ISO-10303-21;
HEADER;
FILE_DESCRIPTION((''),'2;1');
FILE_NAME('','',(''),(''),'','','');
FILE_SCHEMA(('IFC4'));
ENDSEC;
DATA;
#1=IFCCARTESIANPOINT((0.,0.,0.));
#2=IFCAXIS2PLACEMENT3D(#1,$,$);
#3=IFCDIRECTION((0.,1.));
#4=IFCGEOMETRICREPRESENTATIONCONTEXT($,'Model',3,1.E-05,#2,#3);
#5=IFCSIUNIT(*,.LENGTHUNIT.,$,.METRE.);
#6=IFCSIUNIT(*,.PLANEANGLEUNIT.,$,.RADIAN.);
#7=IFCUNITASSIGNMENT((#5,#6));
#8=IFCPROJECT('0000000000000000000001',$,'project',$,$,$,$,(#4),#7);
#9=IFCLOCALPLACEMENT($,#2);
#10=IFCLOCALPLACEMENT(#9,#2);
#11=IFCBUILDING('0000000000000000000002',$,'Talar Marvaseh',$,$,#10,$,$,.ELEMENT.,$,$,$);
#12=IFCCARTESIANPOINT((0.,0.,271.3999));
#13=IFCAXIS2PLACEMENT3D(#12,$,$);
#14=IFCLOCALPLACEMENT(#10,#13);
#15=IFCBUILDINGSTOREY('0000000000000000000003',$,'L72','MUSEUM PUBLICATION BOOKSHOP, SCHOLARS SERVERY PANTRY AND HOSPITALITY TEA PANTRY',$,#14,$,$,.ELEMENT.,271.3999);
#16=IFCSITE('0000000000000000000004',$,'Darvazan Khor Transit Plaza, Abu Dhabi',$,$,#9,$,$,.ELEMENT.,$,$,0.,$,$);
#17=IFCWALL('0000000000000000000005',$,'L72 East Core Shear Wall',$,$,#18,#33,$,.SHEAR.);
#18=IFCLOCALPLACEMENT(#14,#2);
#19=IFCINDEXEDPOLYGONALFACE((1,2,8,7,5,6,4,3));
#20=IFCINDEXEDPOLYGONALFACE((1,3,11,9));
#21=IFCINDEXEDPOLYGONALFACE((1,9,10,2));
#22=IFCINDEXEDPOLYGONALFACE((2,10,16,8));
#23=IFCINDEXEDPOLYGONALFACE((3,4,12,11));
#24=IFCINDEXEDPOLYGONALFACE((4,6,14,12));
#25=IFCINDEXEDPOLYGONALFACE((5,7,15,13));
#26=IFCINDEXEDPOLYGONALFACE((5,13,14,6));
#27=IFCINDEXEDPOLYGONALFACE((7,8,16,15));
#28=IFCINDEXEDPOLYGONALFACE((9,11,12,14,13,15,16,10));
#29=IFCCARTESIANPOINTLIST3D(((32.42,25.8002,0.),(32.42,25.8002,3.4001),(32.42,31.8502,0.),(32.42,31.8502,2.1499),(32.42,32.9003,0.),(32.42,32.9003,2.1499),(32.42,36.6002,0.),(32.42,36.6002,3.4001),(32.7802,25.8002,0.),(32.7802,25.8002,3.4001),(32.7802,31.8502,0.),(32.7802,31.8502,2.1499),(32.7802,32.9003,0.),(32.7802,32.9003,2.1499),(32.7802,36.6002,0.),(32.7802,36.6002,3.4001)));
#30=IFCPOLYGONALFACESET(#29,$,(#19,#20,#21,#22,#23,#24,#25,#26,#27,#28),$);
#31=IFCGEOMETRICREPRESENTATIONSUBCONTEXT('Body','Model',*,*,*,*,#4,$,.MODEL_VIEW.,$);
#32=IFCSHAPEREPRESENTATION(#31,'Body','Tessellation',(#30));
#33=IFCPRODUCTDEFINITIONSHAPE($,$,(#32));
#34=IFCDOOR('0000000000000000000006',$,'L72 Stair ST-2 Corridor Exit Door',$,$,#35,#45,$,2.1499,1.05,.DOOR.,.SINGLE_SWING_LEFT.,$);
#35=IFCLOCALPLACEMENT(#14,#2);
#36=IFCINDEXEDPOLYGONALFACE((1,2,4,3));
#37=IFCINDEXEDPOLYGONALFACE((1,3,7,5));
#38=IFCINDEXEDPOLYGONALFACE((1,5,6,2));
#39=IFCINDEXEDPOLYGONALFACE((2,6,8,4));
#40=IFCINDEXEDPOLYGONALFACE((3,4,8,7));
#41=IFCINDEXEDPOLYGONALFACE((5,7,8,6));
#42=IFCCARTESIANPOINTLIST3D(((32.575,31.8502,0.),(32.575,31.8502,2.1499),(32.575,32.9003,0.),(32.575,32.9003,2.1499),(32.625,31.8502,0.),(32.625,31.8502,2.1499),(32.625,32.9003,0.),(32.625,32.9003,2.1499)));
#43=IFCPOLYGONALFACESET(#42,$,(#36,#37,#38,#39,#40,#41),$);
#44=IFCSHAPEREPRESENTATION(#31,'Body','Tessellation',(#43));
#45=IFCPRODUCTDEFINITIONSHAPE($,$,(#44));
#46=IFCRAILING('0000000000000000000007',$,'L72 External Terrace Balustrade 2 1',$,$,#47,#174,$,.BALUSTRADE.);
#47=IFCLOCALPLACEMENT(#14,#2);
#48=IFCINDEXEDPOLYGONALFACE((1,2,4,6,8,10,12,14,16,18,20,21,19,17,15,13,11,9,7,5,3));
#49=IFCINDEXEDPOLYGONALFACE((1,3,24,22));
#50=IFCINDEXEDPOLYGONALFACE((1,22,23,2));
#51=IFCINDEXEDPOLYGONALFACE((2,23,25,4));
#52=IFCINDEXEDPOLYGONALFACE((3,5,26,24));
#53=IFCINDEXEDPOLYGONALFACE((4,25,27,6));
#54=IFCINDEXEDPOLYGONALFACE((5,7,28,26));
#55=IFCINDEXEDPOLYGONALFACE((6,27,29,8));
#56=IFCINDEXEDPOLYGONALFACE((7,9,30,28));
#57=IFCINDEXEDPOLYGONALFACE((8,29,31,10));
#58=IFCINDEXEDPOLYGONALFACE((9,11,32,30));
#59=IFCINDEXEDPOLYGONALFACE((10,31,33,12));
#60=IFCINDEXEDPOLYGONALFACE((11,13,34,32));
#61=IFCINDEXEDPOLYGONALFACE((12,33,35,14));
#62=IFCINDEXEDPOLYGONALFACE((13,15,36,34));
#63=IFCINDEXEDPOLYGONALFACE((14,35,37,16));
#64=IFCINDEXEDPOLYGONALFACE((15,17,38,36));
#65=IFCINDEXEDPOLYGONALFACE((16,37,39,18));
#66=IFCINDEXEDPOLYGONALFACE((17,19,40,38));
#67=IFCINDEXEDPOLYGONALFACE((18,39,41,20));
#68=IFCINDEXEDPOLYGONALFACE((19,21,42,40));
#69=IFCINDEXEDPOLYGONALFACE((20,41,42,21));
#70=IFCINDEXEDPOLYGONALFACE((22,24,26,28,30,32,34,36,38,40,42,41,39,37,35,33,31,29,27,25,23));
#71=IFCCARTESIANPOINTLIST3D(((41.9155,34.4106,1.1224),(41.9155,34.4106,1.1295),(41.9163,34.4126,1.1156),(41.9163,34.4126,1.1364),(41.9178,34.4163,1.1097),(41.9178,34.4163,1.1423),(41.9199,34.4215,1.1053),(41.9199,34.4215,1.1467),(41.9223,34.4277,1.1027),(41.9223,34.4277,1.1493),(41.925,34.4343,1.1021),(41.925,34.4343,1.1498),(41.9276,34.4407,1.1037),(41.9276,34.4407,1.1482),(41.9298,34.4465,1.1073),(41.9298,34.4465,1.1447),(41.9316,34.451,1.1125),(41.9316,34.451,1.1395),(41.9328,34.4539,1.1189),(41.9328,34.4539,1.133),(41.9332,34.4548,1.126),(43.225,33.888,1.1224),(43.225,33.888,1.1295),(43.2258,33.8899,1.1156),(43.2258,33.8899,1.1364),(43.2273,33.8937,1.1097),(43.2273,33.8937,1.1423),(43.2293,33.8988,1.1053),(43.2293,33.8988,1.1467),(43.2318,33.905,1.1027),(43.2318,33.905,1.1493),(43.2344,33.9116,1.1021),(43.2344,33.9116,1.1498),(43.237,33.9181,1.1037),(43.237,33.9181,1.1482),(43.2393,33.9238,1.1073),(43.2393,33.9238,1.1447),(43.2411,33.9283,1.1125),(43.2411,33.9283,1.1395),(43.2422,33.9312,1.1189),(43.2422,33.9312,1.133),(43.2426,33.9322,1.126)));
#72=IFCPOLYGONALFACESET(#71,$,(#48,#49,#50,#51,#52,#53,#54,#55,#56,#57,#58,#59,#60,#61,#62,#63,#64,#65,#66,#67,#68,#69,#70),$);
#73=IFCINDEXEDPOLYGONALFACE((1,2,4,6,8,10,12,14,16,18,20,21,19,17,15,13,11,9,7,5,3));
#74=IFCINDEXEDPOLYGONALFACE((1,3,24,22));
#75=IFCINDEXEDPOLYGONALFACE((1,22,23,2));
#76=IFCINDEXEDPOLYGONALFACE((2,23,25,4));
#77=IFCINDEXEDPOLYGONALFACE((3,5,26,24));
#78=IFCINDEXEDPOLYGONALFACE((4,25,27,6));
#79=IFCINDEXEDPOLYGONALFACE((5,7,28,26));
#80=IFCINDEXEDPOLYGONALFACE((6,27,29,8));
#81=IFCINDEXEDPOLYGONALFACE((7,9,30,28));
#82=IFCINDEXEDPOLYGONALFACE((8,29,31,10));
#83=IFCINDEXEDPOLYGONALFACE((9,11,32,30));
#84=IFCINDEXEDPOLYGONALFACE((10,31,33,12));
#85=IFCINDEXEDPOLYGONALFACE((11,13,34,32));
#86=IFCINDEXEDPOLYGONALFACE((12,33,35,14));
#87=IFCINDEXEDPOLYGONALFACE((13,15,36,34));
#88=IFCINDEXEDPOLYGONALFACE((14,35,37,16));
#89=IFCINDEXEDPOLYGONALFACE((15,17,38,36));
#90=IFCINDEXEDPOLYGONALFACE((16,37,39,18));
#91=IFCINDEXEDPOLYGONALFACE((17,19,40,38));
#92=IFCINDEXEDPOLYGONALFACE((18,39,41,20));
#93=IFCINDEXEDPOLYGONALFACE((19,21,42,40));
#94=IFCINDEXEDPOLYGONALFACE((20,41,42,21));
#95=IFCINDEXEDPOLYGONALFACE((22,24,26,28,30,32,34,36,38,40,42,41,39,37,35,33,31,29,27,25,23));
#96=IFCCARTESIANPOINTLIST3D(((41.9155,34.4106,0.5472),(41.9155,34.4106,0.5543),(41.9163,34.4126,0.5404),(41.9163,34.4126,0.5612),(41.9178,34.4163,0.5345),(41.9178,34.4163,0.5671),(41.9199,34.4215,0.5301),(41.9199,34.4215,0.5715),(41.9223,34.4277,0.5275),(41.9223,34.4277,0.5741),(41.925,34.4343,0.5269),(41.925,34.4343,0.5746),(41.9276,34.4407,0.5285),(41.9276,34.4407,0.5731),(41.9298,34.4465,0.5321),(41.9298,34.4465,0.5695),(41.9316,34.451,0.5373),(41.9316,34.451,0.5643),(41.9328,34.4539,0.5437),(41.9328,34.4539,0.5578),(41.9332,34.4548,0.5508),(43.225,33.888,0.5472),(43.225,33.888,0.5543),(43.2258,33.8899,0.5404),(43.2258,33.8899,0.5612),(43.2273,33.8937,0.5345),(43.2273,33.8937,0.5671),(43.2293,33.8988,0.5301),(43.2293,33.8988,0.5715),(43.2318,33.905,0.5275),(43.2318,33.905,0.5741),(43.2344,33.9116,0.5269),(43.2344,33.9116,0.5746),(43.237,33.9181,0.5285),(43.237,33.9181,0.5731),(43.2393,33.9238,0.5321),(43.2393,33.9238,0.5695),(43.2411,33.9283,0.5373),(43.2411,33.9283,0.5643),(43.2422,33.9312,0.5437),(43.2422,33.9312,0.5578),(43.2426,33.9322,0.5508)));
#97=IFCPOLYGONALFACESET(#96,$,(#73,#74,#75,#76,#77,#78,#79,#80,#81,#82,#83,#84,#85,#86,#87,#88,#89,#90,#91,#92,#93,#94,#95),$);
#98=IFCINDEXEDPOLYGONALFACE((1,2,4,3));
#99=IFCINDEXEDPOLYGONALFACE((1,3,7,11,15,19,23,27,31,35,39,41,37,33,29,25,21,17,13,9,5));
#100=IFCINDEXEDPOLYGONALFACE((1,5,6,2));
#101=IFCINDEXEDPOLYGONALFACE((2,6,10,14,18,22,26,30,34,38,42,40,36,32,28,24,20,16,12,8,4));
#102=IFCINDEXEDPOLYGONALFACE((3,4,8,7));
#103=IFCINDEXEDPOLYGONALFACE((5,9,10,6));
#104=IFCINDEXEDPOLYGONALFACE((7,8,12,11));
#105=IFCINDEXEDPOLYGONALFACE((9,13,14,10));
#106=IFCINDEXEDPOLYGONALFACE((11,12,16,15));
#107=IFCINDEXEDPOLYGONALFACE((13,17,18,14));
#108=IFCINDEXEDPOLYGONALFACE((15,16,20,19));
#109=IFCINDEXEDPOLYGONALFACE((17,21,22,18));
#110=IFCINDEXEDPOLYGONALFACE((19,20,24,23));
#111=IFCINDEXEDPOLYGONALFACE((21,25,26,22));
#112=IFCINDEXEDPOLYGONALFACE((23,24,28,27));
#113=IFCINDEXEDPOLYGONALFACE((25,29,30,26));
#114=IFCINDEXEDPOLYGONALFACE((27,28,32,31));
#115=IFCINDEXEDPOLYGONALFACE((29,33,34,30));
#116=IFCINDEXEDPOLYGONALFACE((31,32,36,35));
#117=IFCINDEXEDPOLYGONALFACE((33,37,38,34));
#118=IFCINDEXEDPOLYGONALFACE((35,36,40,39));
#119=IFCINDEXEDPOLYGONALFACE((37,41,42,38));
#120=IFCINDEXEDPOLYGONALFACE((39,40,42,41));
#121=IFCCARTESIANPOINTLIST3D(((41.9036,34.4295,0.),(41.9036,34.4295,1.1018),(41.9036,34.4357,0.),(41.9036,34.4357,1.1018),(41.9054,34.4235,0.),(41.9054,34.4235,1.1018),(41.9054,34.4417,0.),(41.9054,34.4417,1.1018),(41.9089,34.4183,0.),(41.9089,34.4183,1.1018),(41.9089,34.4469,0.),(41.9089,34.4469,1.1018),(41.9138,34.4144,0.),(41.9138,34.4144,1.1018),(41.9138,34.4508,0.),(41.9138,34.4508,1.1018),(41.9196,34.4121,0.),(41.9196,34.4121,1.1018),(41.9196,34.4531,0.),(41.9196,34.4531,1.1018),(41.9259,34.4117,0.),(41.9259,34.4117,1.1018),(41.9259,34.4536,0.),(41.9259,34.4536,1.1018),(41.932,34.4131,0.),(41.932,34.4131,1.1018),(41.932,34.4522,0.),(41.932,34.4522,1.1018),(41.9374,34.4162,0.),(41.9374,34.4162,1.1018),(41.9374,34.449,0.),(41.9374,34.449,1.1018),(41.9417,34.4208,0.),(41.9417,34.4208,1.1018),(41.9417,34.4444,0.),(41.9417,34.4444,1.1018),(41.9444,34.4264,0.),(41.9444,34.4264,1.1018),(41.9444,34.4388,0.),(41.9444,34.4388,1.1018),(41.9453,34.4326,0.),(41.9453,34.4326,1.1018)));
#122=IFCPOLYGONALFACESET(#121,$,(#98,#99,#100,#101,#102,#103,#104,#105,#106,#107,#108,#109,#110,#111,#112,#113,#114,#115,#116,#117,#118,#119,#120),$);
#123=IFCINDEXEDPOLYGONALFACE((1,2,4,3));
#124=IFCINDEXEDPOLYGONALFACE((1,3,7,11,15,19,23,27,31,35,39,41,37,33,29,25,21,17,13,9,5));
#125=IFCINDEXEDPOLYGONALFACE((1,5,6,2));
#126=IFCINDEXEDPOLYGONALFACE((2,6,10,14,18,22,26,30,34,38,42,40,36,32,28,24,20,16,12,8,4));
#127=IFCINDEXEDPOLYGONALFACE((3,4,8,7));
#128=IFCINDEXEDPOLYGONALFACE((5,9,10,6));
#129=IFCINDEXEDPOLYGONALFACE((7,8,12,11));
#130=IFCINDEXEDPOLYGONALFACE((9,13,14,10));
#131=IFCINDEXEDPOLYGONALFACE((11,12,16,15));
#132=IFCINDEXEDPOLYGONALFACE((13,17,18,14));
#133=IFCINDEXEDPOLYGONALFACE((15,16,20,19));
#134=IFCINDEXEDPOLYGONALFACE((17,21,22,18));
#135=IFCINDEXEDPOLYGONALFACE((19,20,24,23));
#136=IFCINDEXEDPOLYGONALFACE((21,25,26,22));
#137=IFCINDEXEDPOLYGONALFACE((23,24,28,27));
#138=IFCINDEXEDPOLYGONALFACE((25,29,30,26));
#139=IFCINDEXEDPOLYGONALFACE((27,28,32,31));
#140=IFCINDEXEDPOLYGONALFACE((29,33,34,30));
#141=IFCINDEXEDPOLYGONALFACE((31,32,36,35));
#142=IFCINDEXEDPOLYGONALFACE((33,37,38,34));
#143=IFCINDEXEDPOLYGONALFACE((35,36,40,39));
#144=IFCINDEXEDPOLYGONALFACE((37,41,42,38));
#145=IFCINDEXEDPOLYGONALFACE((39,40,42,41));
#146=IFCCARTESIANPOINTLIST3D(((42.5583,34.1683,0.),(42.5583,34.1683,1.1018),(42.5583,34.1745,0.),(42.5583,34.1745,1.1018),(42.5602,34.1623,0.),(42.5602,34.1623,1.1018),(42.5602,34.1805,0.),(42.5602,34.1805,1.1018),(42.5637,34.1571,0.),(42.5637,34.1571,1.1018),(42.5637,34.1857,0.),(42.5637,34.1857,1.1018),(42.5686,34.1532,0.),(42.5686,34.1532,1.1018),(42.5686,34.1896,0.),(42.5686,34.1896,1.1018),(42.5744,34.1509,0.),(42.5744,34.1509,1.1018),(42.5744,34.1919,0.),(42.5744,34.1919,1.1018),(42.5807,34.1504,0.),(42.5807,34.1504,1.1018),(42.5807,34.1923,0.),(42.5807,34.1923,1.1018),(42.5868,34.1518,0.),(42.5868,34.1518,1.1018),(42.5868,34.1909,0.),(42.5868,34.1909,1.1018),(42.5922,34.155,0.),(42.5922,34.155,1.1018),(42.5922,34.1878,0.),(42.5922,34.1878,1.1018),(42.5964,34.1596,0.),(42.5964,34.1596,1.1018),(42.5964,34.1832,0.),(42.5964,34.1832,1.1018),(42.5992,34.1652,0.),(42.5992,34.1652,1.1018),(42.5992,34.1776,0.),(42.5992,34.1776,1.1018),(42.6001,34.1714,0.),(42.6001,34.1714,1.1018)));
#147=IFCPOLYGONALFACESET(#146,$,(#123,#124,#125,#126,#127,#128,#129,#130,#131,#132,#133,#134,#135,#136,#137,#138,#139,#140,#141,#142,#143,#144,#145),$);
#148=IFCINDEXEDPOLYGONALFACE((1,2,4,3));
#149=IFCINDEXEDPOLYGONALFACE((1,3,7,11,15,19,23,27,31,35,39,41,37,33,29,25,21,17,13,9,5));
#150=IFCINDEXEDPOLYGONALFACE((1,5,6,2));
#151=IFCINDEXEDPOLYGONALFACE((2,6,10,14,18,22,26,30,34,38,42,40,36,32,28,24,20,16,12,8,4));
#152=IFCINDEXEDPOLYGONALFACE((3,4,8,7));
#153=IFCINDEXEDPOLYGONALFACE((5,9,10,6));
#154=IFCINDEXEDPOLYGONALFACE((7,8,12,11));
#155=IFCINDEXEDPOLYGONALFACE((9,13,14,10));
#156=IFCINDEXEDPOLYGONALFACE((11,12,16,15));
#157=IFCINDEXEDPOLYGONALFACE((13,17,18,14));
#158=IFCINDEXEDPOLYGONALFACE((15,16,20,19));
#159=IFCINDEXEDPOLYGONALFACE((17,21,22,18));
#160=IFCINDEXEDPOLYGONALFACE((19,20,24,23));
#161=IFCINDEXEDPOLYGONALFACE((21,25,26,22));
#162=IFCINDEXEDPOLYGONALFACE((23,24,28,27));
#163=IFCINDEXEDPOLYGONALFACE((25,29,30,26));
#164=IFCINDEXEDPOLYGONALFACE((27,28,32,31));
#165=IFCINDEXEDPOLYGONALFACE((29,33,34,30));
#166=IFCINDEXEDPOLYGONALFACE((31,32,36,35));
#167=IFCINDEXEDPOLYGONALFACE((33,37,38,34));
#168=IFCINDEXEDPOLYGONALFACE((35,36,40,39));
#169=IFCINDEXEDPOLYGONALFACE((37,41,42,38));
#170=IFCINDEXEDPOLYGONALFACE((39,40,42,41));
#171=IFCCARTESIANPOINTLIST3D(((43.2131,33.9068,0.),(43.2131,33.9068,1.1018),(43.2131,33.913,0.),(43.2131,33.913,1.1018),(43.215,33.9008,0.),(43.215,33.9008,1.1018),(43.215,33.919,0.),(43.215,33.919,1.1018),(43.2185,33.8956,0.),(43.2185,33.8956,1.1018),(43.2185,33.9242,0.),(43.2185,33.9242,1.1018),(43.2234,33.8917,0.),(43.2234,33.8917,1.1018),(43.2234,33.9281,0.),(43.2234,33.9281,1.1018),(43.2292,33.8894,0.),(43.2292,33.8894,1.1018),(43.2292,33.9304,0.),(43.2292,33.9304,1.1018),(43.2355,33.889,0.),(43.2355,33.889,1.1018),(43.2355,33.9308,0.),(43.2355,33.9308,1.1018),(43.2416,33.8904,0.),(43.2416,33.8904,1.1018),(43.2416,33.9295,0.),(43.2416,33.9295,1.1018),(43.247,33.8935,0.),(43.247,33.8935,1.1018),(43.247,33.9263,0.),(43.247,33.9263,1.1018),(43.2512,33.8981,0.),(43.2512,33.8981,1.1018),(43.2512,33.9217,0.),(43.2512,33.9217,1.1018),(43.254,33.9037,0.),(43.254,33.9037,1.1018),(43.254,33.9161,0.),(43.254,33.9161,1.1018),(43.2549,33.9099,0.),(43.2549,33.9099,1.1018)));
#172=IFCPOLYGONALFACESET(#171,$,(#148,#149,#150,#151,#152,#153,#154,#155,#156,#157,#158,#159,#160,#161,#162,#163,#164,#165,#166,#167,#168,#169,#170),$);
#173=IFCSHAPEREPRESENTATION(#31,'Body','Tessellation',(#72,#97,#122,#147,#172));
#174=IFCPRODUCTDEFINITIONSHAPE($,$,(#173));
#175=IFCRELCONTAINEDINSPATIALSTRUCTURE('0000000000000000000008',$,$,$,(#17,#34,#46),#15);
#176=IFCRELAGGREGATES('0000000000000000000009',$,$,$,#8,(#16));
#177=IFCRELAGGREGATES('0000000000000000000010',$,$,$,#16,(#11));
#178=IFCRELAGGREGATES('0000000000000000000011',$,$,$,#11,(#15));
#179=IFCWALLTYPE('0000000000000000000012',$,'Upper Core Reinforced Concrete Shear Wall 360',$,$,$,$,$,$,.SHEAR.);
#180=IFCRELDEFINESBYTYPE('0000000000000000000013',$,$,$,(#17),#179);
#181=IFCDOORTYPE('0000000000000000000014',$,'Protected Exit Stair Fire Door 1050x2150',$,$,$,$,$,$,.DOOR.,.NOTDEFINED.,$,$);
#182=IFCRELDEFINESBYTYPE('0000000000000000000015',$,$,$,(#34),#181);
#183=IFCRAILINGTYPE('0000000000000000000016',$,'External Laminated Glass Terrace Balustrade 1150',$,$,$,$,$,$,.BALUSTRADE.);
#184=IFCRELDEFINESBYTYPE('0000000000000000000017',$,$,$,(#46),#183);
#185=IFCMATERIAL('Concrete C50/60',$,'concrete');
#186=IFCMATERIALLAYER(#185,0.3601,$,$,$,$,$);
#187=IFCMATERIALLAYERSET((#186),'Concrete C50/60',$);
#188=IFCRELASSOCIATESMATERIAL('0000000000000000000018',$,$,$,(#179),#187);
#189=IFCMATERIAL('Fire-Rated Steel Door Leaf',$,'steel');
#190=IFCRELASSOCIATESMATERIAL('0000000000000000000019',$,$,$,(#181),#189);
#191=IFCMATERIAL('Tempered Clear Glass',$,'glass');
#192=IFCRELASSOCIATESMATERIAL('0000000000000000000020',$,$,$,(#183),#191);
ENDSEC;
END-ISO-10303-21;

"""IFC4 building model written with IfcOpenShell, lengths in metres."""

from ifc_helpers import new_model, si_unit, direction, frame, frame_2d, origin, origin_2d, place, context, subcontext, project, spatial, rectangle, circle, extrude, source, transform, mapped, material, layer, layer_set, type_object, type_shapes, element, fill, save


model = new_model("IFC4")

# Units and contexts
model_context = context("Model", 3, precision=1e-05, world=origin(), true_north=direction((0.0, 1.0)))
body_context = subcontext(model_context, "Body", "Model", "MODEL_VIEW")
ifc_project = project(units=[si_unit("LENGTHUNIT", "METRE"), si_unit("PLANEANGLEUNIT", "RADIAN")], contexts=[model_context])

# Site, building, storey
site_placement = place(None, origin())
site = spatial("IfcSite", under=ifc_project, at=site_placement, Name="Darvazan Khor Transit Plaza, Abu Dhabi", CompositionType="ELEMENT", RefElevation=0.0)
building_placement = place(site_placement, origin())
building = spatial("IfcBuilding", under=site, at=building_placement, Name="Talar Marvaseh", CompositionType="ELEMENT")
storey_placement = place(building_placement, frame((0.0, 0.0, 271.3999)))
storey = spatial("IfcBuildingStorey", under=building, at=storey_placement, Name="L72", Description="MUSEUM PUBLICATION BOOKSHOP, SCHOLARS SERVERY PANTRY AND HOSPITALITY TEA PANTRY", CompositionType="ELEMENT", Elevation=271.3999)

# Shared definitions
ifc_material_1 = material(Name="Concrete C50/60", Category="concrete")

# Wall, opening, door
ifc_layer_1 = layer(ifc_material_1, 0.3601)
ifc_layer_set_1 = layer_set([ifc_layer_1], Name="Concrete C50/60")
wall_type_1 = type_object("IfcWallType", Name="Upper Core Reinforced Concrete Shear Wall 360", PredefinedType="SHEAR", material=ifc_layer_set_1)
wall_1_placement = place(storey_placement, frame((32.6001, 36.6001, 0.0), z_axis=(0.0, 0.0, 1.0), x_axis=(0.0, -1.0, 0.0)))
wall_1 = element("IfcWall", 1, at=wall_1_placement, inside=storey, type_object=wall_type_1, Name="L72 East Core Shear Wall", PredefinedType="SHEAR", context=body_context, shape_type="SweptSolid", body=[
    extrude(rectangle(XDim=10.8, YDim=0.3601, at=frame_2d((5.3999, 0.0))), origin(), (0.0, 0.0, 1.0), 3.4001),
])
opening_1_placement = place(wall_1_placement, frame((3.7, 0.0, 0.0)))
opening_1 = element("IfcOpeningElement", 2, at=opening_1_placement, cuts=wall_1, PredefinedType="OPENING", context=body_context, shape_type="SweptSolid", body=[
    extrude(rectangle(XDim=1.05, YDim=2.1499, at=frame_2d((0.5249, 1.075))), frame((0.0, 0.1899, 0.0), z_axis=(0.0, -1.0, 0.0), x_axis=(1.0, 0.0, 0.0)), (0.0, 0.0, 1.0), 0.3801),
])
ifc_material_2 = material(Name="Fire-Rated Steel Door Leaf", Category="steel")
door_type_1 = type_object("IfcDoorType", Name="Protected Exit Stair Fire Door 1050x2150", OperationType="NOTDEFINED", PredefinedType="DOOR", material=ifc_material_2)
shared_shape_1 = source(origin(), body_context, "Body", "SweptSolid", [
    extrude(rectangle(XDim=1.05, YDim=2.1499, at=frame_2d((0.5249, 1.075))), frame((0.0, 0.0249, 0.0), z_axis=(0.0, -1.0, 0.0), x_axis=(1.0, 0.0, 0.0)), (0.0, 0.0, 1.0), 0.05),
])
type_shapes(door_type_1, [shared_shape_1])
door_1_placement = place(opening_1_placement, origin())
door_1 = element("IfcDoor", 3, at=door_1_placement, inside=storey, type_object=door_type_1, Name="L72 Stair ST-2 Corridor Exit Door", OperationType="SINGLE_SWING_LEFT", OverallHeight=2.1499, OverallWidth=1.05, PredefinedType="DOOR", context=body_context, shape_type="MappedRepresentation", body=[
    mapped(shared_shape_1, transform((0.0, 0.0, 0.0), x_axis=(1.0, 0.0, 0.0), y_axis=(0.0, 1.0, 0.0), z_axis=(0.0, 0.0, 1.0), scale=1.0)),
])
fill(opening_1, door_1)

# Railing
ifc_material_3 = material(Name="Tempered Clear Glass", Category="glass")
railing_type_1 = type_object("IfcRailingType", Name="External Laminated Glass Terrace Balustrade 1150", PredefinedType="BALUSTRADE", material=ifc_material_3)
railing_1_placement = place(storey_placement, frame((41.9243, 34.4326, 0.0)))
element("IfcRailing", 4, at=railing_1_placement, inside=storey, type_object=railing_type_1, Name="L72 External Terrace Balustrade 2 1", PredefinedType="BALUSTRADE", context=body_context, shape_type="SweptSolid", body=[
    extrude(circle(Radius=0.0239, at=origin_2d()), frame((0.0, 0.0, 1.126), z_axis=(0.928751, -0.370704, 0.0), x_axis=(0.370704, 0.928751, 0.0)), (0.0, 0.0, 1.0), 1.4099),
    extrude(circle(Radius=0.0239, at=origin_2d()), frame((0.0, 0.0, 0.5508), z_axis=(0.928751, -0.370704, 0.0), x_axis=(0.370704, 0.928751, 0.0)), (0.0, 0.0, 1.0), 1.4099),
    extrude(circle(Radius=0.021, at=origin_2d()), origin(), (0.0, 0.0, 1.0), 1.1018),
    extrude(circle(Radius=0.021, at=origin_2d()), frame((0.6548, -0.2612, 0.0)), (0.0, 0.0, 1.0), 1.1018),
    extrude(circle(Radius=0.021, at=origin_2d()), frame((1.3096, -0.5227, 0.0)), (0.0, 0.0, 1.0), 1.1018),
])

save(model, "model.ifc")
